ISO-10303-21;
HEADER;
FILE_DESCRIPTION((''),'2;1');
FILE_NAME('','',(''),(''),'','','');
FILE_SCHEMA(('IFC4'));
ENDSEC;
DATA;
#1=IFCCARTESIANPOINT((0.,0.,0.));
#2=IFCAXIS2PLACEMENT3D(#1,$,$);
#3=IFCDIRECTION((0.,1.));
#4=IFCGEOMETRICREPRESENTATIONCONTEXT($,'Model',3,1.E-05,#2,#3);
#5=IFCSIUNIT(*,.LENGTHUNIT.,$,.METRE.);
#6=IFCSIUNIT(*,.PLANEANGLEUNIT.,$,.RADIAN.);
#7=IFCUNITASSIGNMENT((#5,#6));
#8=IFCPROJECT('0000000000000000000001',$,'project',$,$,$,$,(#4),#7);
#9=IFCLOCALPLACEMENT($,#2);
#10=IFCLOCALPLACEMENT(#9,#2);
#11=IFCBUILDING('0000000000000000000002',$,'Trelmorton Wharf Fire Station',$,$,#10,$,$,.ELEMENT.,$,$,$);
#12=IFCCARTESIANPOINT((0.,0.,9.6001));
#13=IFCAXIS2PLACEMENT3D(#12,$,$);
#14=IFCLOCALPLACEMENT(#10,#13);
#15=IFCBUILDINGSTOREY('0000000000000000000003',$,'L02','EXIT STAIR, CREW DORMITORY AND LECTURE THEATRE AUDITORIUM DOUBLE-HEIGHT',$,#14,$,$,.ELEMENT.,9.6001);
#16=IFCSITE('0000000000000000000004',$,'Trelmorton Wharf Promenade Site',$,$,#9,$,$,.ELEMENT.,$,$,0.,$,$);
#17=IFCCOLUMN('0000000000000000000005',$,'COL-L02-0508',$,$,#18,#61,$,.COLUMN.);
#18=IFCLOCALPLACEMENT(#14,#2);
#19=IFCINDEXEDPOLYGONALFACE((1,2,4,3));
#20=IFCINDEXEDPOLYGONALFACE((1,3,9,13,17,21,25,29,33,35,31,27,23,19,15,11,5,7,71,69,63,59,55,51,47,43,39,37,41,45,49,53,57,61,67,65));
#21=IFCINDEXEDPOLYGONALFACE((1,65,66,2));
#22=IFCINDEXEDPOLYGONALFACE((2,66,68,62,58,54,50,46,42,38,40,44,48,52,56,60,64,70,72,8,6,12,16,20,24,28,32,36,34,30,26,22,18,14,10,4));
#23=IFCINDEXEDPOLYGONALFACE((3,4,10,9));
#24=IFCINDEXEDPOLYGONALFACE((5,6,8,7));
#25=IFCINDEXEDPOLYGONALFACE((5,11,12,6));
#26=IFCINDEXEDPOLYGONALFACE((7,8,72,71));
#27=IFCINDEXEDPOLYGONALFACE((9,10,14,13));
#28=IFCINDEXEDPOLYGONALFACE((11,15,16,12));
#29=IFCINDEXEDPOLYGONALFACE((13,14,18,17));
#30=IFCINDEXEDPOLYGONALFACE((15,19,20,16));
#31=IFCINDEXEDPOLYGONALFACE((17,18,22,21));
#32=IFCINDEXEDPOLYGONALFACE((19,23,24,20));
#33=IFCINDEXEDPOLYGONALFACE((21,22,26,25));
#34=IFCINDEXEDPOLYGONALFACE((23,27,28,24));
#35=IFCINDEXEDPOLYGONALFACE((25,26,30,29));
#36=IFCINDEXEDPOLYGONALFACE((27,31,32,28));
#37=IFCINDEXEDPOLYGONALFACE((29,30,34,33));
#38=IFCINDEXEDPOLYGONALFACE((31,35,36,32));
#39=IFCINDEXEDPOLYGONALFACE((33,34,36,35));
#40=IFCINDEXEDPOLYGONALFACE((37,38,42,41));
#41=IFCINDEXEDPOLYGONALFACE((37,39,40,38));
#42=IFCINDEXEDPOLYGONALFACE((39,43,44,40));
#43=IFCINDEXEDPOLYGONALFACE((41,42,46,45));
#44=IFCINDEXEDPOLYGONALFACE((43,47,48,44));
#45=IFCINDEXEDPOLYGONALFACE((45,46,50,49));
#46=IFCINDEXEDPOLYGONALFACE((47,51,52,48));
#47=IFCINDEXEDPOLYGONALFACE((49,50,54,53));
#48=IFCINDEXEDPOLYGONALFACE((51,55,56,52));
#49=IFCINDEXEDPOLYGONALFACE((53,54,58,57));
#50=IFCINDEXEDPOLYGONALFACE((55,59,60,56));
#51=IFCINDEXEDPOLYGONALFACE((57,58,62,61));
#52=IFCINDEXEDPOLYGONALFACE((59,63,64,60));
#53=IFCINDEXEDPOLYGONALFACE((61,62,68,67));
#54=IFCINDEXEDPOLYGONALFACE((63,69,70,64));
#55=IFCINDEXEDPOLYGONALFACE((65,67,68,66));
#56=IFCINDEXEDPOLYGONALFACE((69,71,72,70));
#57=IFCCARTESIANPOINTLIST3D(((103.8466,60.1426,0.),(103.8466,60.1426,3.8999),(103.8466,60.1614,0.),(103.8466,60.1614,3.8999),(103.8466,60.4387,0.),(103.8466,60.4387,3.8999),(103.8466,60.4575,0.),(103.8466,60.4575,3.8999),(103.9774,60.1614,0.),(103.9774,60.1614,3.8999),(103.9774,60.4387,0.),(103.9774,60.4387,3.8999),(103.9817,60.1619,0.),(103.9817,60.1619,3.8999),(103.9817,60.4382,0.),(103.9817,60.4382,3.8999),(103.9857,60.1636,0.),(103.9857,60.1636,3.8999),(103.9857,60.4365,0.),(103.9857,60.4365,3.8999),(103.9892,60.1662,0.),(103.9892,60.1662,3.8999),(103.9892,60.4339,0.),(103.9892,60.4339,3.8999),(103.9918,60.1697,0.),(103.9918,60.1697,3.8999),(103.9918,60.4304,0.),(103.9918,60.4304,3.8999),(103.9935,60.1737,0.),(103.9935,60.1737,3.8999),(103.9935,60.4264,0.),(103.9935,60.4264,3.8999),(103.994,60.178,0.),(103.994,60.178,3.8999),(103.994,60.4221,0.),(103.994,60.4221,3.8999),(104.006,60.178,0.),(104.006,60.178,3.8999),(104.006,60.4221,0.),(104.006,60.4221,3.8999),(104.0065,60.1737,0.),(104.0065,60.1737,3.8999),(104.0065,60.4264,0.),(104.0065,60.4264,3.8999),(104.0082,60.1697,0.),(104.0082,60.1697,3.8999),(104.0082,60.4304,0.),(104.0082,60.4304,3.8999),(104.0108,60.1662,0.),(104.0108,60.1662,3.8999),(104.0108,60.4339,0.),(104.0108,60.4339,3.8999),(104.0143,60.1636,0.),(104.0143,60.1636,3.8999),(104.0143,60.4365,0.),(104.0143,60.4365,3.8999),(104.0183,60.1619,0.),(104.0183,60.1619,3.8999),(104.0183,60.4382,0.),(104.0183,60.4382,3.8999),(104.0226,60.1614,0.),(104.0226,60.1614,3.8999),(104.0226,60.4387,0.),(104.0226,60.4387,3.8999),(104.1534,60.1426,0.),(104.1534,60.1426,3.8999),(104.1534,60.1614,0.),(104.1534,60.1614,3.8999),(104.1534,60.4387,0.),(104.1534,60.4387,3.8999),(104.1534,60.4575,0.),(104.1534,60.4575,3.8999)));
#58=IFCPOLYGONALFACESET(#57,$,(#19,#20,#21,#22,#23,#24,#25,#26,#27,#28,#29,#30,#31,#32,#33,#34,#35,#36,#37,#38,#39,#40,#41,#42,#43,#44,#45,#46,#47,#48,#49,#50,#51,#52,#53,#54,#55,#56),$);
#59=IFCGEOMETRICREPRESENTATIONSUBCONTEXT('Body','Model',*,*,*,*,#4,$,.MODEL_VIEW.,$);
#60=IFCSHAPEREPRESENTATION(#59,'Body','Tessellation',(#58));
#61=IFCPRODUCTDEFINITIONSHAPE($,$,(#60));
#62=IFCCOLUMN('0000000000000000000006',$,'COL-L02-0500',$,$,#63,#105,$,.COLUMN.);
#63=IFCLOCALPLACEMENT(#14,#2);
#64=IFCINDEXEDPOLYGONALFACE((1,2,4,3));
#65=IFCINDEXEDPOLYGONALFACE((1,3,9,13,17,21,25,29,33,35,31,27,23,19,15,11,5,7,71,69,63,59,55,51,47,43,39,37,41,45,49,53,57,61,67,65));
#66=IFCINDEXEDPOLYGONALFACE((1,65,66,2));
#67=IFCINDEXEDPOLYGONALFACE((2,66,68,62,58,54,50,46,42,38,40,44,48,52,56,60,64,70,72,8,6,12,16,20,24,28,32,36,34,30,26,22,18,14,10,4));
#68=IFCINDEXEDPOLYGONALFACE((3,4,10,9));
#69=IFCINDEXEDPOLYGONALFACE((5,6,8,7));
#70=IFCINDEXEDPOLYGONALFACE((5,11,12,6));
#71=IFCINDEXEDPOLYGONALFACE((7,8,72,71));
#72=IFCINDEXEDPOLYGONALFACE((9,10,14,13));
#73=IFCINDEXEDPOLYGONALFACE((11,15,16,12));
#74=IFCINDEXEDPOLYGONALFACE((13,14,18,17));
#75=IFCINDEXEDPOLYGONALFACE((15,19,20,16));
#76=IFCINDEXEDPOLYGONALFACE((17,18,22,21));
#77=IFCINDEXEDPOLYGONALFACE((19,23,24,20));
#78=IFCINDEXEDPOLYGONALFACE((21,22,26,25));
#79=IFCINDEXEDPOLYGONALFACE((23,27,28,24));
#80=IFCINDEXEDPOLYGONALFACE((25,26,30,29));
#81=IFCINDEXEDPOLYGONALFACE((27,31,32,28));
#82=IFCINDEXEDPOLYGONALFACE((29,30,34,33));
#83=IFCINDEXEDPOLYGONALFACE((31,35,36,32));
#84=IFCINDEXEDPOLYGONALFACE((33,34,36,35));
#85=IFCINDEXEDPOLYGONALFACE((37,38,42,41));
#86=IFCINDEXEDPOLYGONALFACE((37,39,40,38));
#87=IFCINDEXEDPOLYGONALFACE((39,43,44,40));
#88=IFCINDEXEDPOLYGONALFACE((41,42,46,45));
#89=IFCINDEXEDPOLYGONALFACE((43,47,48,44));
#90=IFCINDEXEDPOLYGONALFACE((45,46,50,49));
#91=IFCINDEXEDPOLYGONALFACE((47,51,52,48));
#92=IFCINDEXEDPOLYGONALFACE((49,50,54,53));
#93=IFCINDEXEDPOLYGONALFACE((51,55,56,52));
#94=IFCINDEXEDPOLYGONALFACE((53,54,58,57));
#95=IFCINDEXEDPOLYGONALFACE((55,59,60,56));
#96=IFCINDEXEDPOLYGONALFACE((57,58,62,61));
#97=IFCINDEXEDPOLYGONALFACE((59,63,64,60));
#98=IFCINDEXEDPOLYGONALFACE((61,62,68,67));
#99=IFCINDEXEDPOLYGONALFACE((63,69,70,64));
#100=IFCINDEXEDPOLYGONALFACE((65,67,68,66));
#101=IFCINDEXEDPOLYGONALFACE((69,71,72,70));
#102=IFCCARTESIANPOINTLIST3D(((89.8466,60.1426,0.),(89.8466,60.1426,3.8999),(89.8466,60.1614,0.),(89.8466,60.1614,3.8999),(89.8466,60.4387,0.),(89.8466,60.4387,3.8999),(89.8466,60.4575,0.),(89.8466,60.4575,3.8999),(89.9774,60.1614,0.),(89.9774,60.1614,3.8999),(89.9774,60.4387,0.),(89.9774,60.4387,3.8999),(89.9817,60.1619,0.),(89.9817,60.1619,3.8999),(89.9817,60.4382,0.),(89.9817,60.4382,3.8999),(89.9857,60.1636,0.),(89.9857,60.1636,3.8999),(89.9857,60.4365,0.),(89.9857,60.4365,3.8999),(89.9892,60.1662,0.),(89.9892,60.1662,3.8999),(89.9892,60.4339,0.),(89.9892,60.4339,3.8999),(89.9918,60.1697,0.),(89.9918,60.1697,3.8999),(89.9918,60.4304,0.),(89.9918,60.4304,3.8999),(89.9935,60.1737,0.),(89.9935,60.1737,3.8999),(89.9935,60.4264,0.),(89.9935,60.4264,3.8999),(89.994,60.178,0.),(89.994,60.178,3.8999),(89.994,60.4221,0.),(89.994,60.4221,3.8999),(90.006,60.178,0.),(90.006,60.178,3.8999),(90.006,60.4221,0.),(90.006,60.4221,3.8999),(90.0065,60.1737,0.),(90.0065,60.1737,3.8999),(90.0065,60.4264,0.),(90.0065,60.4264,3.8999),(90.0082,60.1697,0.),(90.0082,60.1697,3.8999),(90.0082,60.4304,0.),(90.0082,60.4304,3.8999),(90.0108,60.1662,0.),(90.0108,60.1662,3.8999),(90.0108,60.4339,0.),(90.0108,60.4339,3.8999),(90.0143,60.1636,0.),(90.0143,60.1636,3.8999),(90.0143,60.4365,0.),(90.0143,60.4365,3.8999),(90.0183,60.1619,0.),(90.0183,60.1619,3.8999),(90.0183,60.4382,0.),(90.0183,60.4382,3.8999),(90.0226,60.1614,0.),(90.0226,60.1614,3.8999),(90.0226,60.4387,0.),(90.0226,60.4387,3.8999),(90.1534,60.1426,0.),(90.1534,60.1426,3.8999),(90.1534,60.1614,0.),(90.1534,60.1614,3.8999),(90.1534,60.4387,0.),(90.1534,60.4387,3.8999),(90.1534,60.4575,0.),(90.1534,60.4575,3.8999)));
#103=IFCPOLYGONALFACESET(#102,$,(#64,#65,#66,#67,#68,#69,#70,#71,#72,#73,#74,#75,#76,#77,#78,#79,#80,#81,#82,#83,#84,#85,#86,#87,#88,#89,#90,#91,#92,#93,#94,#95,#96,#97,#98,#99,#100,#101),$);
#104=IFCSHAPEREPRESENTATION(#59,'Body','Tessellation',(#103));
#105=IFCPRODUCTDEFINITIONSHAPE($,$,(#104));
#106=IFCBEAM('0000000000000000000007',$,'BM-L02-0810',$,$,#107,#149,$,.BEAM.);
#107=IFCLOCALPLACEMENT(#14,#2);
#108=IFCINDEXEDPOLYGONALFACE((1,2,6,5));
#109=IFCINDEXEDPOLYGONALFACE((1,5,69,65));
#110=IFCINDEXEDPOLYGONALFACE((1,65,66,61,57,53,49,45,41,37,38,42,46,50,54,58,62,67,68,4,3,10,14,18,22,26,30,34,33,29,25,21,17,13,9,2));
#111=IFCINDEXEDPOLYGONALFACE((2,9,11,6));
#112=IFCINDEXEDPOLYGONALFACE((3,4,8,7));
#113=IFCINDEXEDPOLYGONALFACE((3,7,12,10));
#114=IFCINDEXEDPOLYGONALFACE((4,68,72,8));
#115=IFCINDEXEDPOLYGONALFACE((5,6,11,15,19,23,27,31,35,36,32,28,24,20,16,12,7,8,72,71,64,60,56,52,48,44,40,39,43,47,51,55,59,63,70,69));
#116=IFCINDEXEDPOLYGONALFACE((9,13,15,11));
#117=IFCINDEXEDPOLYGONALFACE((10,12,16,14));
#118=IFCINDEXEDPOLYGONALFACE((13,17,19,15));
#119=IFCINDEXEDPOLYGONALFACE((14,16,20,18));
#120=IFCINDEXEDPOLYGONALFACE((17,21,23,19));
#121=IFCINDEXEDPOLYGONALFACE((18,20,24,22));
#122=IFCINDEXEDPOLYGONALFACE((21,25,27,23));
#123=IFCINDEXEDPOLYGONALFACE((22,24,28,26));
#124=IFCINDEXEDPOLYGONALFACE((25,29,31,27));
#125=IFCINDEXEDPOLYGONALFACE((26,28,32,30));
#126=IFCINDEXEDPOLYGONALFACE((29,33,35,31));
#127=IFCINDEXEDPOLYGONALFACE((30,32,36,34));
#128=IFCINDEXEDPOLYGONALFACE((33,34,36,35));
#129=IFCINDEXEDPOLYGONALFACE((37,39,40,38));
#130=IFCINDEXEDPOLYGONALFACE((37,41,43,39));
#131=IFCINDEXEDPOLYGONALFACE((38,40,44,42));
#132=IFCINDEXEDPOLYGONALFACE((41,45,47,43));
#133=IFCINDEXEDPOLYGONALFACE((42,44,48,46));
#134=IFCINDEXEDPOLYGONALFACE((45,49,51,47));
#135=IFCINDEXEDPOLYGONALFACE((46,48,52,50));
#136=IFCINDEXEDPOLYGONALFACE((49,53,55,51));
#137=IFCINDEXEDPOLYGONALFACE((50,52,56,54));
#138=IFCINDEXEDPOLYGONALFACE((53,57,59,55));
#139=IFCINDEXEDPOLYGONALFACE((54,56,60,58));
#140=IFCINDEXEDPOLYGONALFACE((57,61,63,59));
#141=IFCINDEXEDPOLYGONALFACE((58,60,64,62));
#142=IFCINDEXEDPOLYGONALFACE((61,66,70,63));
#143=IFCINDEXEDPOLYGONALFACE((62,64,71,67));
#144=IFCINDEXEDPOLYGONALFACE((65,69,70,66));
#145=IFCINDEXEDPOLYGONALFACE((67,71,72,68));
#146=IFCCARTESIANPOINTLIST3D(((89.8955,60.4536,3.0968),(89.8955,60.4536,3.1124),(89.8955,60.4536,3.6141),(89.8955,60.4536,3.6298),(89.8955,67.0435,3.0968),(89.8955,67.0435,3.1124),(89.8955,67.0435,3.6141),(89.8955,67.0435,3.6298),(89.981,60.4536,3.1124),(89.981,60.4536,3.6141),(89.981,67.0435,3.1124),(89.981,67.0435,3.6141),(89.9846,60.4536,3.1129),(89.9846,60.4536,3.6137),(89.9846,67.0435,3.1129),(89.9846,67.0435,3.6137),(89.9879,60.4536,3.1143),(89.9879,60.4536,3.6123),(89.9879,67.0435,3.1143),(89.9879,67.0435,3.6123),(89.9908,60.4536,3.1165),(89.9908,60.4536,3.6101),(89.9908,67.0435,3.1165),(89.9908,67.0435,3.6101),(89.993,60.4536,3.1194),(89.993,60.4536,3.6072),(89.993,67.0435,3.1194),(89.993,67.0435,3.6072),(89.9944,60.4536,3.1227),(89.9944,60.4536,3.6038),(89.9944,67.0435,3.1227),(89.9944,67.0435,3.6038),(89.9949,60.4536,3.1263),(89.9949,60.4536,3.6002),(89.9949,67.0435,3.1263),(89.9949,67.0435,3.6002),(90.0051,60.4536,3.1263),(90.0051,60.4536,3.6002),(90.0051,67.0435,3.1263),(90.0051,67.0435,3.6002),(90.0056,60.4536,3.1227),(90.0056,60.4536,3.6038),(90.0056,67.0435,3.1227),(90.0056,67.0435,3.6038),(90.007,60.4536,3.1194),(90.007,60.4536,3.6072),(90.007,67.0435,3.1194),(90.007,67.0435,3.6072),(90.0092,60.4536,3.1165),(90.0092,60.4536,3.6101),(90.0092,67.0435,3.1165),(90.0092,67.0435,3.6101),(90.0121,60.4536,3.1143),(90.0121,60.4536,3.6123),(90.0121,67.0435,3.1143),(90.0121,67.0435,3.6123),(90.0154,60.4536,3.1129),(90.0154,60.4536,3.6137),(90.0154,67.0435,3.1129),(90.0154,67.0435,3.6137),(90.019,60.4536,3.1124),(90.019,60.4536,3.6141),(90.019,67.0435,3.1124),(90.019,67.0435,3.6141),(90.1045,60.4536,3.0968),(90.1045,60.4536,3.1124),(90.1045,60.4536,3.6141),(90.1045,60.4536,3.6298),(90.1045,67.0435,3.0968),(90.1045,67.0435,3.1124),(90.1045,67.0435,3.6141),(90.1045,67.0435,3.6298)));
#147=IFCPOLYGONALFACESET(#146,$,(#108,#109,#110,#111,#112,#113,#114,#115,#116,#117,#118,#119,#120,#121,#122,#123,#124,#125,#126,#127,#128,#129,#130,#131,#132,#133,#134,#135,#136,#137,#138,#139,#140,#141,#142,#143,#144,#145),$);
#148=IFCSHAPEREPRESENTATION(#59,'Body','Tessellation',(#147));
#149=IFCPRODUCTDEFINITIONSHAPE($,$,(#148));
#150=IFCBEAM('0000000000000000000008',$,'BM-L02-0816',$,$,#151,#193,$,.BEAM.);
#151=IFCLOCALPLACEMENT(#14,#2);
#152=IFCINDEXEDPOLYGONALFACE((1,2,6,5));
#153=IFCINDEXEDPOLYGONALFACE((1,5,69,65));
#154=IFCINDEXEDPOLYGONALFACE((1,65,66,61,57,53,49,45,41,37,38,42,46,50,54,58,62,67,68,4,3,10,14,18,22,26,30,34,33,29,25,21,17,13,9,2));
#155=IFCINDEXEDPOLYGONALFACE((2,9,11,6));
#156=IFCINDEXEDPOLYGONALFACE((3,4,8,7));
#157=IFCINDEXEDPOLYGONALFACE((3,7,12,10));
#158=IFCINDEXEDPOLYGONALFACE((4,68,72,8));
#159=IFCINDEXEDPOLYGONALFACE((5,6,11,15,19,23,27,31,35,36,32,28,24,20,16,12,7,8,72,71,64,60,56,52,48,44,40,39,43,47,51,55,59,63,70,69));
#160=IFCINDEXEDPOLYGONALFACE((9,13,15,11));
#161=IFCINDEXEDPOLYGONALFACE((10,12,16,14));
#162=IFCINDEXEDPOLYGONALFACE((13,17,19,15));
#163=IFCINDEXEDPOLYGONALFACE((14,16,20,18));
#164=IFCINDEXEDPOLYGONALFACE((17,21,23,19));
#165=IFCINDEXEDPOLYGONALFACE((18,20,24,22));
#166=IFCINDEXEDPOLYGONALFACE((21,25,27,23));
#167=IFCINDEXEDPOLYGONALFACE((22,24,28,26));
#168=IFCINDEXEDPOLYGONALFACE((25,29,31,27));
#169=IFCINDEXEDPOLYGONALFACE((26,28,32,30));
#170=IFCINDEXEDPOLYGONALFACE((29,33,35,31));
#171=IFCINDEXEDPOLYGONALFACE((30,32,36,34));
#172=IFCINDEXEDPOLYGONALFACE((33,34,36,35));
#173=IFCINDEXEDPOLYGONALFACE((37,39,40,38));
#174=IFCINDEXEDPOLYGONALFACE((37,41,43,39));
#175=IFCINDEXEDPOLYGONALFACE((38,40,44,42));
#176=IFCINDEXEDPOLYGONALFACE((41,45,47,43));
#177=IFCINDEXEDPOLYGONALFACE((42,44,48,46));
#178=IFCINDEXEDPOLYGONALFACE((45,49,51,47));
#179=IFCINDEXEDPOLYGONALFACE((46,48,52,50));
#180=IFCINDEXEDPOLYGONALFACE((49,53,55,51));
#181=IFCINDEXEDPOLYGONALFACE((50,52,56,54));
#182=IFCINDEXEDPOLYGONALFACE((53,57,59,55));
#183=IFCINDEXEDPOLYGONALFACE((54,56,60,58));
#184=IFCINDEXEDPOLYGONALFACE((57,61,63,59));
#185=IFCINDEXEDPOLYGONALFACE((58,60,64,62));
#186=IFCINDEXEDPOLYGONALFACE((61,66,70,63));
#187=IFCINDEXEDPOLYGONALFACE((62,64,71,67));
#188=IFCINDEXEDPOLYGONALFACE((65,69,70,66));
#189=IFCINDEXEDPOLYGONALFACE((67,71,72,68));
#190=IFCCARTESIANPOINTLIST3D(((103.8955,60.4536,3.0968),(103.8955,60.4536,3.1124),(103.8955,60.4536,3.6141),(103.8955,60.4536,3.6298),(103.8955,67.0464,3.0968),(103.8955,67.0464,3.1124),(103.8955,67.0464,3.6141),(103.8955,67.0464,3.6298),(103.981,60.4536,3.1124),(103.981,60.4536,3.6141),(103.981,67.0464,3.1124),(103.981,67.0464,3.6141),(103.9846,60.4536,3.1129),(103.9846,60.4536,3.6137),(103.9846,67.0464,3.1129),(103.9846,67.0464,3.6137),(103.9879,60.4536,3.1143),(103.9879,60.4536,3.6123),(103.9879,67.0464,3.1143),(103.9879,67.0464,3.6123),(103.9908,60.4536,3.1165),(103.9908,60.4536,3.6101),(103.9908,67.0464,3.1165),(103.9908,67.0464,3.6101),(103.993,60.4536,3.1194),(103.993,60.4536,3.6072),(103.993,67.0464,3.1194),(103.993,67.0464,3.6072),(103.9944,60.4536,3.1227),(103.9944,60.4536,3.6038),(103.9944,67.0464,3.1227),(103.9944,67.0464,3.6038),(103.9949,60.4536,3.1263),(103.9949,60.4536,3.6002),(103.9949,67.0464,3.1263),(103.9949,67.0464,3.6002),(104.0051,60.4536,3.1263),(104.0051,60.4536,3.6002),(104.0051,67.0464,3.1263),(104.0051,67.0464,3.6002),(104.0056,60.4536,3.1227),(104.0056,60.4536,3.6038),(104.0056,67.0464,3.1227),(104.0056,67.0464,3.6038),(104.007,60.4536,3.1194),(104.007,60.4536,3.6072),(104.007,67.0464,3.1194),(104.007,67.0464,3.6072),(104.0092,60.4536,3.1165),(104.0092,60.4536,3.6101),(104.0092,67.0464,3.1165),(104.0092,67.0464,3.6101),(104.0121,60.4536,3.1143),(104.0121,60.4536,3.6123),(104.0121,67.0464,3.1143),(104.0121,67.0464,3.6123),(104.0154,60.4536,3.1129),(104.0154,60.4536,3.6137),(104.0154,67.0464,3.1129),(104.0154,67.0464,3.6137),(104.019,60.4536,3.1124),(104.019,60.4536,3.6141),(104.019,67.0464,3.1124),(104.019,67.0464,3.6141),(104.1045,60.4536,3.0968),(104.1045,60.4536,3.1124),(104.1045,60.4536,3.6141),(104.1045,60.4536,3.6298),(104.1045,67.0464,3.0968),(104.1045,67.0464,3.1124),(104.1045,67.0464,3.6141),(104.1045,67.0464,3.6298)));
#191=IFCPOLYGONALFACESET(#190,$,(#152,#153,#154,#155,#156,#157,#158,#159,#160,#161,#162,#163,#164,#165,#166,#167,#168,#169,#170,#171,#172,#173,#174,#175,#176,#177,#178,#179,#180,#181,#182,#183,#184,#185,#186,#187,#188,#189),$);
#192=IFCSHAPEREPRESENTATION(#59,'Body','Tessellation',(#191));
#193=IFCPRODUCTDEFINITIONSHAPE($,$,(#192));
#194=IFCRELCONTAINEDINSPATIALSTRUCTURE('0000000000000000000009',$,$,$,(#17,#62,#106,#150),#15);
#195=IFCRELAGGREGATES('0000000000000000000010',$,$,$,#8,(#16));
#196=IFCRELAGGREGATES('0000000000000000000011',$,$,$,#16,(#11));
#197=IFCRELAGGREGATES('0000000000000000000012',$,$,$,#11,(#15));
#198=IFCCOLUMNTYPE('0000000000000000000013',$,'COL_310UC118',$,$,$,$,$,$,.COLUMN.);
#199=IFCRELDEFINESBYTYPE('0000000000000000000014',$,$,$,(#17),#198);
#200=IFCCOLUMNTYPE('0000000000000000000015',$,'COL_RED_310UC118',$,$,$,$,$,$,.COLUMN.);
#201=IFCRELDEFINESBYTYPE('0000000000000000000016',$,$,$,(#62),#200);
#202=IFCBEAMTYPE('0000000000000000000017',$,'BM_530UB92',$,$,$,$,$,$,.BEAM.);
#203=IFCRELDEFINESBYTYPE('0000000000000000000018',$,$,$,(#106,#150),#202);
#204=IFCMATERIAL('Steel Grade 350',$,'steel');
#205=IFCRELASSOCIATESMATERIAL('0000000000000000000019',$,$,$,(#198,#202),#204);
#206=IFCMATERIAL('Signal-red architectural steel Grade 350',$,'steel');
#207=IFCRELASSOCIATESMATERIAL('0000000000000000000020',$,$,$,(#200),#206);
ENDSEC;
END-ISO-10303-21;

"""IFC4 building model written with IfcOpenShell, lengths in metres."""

from ifc_helpers import new_model, si_unit, direction, frame, origin, origin_2d, place, context, subcontext, project, spatial, i_section, extrude, material, material_profile, profile_set, type_object, element, save


model = new_model("IFC4")

# Units and contexts
model_context = context("Model", 3, precision=1e-05, world=origin(), true_north=direction((0.0, 1.0)))
body_context = subcontext(model_context, "Body", "Model", "MODEL_VIEW")
ifc_project = project(units=[si_unit("LENGTHUNIT", "METRE"), si_unit("PLANEANGLEUNIT", "RADIAN")], contexts=[model_context])

# Site, building, storey
site_placement = place(None, origin())
site = spatial("IfcSite", under=ifc_project, at=site_placement, Name="Trelmorton Wharf Promenade Site", CompositionType="ELEMENT", RefElevation=0.0)
building_placement = place(site_placement, origin())
building = spatial("IfcBuilding", under=site, at=building_placement, Name="Trelmorton Wharf Fire Station", CompositionType="ELEMENT")
storey_placement = place(building_placement, frame((0.0, 0.0, 9.6001)))
storey = spatial("IfcBuildingStorey", under=building, at=storey_placement, Name="L02", Description="EXIT STAIR, CREW DORMITORY AND LECTURE THEATRE AUDITORIUM DOUBLE-HEIGHT", CompositionType="ELEMENT", Elevation=9.6001)

# Columns
ifc_material_1 = material(Name="Steel Grade 350", Category="steel")
ifc_material_profile_1 = material_profile(ifc_material_1, i_section(OverallWidth=0.3069, OverallDepth=0.3149, WebThickness=0.012, FlangeThickness=0.0188, FilletRadius=0.0166, at=origin_2d()), Name="310UC118")
ifc_profile_set_1 = profile_set([ifc_material_profile_1], Name="Steel Grade 350")
column_type_1 = type_object("IfcColumnType", Name="COL_310UC118", PredefinedType="COLUMN", material=ifc_profile_set_1)
column_1_placement = place(storey_placement, frame((104.0, 60.3, 0.0), z_axis=(0.0, 0.0, 1.0), x_axis=(1.0, 0.0, 0.0)))
element("IfcColumn", 1, at=column_1_placement, inside=storey, type_object=column_type_1, Name="COL-L02-0508", PredefinedType="COLUMN", context=body_context, shape_type="SweptSolid", body=[
    extrude(i_section(OverallWidth=0.3069, OverallDepth=0.3149, WebThickness=0.012, FlangeThickness=0.0188, FilletRadius=0.0166, at=origin_2d()), origin(), (0.0, 0.0, 1.0), 3.8999),
])
ifc_material_2 = material(Name="Signal-red architectural steel Grade 350", Category="steel")
ifc_material_profile_2 = material_profile(ifc_material_2, i_section(OverallWidth=0.3069, OverallDepth=0.3149, WebThickness=0.012, FlangeThickness=0.0188, FilletRadius=0.0166, at=origin_2d()), Name="310UC118")
ifc_profile_set_2 = profile_set([ifc_material_profile_2], Name="Signal-red architectural steel Grade 350")
column_type_2 = type_object("IfcColumnType", Name="COL_RED_310UC118", PredefinedType="COLUMN", material=ifc_profile_set_2)
column_2_placement = place(storey_placement, frame((90.0, 60.3, 0.0), z_axis=(0.0, 0.0, 1.0), x_axis=(1.0, 0.0, 0.0)))
element("IfcColumn", 2, at=column_2_placement, inside=storey, type_object=column_type_2, Name="COL-L02-0500", PredefinedType="COLUMN", context=body_context, shape_type="SweptSolid", body=[
    extrude(i_section(OverallWidth=0.3069, OverallDepth=0.3149, WebThickness=0.012, FlangeThickness=0.0188, FilletRadius=0.0166, at=origin_2d()), origin(), (0.0, 0.0, 1.0), 3.8999),
])

# Beams
ifc_material_profile_3 = material_profile(ifc_material_1, i_section(OverallWidth=0.209, OverallDepth=0.533, WebThickness=0.0103, FlangeThickness=0.0156, FilletRadius=0.0139, at=origin_2d()), Name="530UB92.4")
ifc_profile_set_3 = profile_set([ifc_material_profile_3], Name="Steel Grade 350")
beam_type_1 = type_object("IfcBeamType", Name="BM_530UB92", PredefinedType="BEAM", material=ifc_profile_set_3)
beam_1_placement = place(storey_placement, frame((90.0, 60.4536, 3.3633), z_axis=(0.0, 1.0, 0.0), x_axis=(-1.0, 0.0, 0.0)))
element("IfcBeam", 3, at=beam_1_placement, inside=storey, type_object=beam_type_1, Name="BM-L02-0810", PredefinedType="BEAM", context=body_context, shape_type="SweptSolid", body=[
    extrude(i_section(OverallWidth=0.209, OverallDepth=0.533, WebThickness=0.0103, FlangeThickness=0.0156, FilletRadius=0.0139, at=origin_2d()), origin(), (0.0, 0.0, 1.0), 6.5898),
])
beam_2_placement = place(storey_placement, frame((104.0, 60.4536, 3.3633), z_axis=(0.0, 1.0, 0.0), x_axis=(-1.0, 0.0, 0.0)))
element("IfcBeam", 4, at=beam_2_placement, inside=storey, type_object=beam_type_1, Name="BM-L02-0816", PredefinedType="BEAM", context=body_context, shape_type="SweptSolid", body=[
    extrude(i_section(OverallWidth=0.209, OverallDepth=0.533, WebThickness=0.0103, FlangeThickness=0.0156, FilletRadius=0.0139, at=origin_2d()), origin(), (0.0, 0.0, 1.0), 6.5928),
])

save(model, "model.ifc")
